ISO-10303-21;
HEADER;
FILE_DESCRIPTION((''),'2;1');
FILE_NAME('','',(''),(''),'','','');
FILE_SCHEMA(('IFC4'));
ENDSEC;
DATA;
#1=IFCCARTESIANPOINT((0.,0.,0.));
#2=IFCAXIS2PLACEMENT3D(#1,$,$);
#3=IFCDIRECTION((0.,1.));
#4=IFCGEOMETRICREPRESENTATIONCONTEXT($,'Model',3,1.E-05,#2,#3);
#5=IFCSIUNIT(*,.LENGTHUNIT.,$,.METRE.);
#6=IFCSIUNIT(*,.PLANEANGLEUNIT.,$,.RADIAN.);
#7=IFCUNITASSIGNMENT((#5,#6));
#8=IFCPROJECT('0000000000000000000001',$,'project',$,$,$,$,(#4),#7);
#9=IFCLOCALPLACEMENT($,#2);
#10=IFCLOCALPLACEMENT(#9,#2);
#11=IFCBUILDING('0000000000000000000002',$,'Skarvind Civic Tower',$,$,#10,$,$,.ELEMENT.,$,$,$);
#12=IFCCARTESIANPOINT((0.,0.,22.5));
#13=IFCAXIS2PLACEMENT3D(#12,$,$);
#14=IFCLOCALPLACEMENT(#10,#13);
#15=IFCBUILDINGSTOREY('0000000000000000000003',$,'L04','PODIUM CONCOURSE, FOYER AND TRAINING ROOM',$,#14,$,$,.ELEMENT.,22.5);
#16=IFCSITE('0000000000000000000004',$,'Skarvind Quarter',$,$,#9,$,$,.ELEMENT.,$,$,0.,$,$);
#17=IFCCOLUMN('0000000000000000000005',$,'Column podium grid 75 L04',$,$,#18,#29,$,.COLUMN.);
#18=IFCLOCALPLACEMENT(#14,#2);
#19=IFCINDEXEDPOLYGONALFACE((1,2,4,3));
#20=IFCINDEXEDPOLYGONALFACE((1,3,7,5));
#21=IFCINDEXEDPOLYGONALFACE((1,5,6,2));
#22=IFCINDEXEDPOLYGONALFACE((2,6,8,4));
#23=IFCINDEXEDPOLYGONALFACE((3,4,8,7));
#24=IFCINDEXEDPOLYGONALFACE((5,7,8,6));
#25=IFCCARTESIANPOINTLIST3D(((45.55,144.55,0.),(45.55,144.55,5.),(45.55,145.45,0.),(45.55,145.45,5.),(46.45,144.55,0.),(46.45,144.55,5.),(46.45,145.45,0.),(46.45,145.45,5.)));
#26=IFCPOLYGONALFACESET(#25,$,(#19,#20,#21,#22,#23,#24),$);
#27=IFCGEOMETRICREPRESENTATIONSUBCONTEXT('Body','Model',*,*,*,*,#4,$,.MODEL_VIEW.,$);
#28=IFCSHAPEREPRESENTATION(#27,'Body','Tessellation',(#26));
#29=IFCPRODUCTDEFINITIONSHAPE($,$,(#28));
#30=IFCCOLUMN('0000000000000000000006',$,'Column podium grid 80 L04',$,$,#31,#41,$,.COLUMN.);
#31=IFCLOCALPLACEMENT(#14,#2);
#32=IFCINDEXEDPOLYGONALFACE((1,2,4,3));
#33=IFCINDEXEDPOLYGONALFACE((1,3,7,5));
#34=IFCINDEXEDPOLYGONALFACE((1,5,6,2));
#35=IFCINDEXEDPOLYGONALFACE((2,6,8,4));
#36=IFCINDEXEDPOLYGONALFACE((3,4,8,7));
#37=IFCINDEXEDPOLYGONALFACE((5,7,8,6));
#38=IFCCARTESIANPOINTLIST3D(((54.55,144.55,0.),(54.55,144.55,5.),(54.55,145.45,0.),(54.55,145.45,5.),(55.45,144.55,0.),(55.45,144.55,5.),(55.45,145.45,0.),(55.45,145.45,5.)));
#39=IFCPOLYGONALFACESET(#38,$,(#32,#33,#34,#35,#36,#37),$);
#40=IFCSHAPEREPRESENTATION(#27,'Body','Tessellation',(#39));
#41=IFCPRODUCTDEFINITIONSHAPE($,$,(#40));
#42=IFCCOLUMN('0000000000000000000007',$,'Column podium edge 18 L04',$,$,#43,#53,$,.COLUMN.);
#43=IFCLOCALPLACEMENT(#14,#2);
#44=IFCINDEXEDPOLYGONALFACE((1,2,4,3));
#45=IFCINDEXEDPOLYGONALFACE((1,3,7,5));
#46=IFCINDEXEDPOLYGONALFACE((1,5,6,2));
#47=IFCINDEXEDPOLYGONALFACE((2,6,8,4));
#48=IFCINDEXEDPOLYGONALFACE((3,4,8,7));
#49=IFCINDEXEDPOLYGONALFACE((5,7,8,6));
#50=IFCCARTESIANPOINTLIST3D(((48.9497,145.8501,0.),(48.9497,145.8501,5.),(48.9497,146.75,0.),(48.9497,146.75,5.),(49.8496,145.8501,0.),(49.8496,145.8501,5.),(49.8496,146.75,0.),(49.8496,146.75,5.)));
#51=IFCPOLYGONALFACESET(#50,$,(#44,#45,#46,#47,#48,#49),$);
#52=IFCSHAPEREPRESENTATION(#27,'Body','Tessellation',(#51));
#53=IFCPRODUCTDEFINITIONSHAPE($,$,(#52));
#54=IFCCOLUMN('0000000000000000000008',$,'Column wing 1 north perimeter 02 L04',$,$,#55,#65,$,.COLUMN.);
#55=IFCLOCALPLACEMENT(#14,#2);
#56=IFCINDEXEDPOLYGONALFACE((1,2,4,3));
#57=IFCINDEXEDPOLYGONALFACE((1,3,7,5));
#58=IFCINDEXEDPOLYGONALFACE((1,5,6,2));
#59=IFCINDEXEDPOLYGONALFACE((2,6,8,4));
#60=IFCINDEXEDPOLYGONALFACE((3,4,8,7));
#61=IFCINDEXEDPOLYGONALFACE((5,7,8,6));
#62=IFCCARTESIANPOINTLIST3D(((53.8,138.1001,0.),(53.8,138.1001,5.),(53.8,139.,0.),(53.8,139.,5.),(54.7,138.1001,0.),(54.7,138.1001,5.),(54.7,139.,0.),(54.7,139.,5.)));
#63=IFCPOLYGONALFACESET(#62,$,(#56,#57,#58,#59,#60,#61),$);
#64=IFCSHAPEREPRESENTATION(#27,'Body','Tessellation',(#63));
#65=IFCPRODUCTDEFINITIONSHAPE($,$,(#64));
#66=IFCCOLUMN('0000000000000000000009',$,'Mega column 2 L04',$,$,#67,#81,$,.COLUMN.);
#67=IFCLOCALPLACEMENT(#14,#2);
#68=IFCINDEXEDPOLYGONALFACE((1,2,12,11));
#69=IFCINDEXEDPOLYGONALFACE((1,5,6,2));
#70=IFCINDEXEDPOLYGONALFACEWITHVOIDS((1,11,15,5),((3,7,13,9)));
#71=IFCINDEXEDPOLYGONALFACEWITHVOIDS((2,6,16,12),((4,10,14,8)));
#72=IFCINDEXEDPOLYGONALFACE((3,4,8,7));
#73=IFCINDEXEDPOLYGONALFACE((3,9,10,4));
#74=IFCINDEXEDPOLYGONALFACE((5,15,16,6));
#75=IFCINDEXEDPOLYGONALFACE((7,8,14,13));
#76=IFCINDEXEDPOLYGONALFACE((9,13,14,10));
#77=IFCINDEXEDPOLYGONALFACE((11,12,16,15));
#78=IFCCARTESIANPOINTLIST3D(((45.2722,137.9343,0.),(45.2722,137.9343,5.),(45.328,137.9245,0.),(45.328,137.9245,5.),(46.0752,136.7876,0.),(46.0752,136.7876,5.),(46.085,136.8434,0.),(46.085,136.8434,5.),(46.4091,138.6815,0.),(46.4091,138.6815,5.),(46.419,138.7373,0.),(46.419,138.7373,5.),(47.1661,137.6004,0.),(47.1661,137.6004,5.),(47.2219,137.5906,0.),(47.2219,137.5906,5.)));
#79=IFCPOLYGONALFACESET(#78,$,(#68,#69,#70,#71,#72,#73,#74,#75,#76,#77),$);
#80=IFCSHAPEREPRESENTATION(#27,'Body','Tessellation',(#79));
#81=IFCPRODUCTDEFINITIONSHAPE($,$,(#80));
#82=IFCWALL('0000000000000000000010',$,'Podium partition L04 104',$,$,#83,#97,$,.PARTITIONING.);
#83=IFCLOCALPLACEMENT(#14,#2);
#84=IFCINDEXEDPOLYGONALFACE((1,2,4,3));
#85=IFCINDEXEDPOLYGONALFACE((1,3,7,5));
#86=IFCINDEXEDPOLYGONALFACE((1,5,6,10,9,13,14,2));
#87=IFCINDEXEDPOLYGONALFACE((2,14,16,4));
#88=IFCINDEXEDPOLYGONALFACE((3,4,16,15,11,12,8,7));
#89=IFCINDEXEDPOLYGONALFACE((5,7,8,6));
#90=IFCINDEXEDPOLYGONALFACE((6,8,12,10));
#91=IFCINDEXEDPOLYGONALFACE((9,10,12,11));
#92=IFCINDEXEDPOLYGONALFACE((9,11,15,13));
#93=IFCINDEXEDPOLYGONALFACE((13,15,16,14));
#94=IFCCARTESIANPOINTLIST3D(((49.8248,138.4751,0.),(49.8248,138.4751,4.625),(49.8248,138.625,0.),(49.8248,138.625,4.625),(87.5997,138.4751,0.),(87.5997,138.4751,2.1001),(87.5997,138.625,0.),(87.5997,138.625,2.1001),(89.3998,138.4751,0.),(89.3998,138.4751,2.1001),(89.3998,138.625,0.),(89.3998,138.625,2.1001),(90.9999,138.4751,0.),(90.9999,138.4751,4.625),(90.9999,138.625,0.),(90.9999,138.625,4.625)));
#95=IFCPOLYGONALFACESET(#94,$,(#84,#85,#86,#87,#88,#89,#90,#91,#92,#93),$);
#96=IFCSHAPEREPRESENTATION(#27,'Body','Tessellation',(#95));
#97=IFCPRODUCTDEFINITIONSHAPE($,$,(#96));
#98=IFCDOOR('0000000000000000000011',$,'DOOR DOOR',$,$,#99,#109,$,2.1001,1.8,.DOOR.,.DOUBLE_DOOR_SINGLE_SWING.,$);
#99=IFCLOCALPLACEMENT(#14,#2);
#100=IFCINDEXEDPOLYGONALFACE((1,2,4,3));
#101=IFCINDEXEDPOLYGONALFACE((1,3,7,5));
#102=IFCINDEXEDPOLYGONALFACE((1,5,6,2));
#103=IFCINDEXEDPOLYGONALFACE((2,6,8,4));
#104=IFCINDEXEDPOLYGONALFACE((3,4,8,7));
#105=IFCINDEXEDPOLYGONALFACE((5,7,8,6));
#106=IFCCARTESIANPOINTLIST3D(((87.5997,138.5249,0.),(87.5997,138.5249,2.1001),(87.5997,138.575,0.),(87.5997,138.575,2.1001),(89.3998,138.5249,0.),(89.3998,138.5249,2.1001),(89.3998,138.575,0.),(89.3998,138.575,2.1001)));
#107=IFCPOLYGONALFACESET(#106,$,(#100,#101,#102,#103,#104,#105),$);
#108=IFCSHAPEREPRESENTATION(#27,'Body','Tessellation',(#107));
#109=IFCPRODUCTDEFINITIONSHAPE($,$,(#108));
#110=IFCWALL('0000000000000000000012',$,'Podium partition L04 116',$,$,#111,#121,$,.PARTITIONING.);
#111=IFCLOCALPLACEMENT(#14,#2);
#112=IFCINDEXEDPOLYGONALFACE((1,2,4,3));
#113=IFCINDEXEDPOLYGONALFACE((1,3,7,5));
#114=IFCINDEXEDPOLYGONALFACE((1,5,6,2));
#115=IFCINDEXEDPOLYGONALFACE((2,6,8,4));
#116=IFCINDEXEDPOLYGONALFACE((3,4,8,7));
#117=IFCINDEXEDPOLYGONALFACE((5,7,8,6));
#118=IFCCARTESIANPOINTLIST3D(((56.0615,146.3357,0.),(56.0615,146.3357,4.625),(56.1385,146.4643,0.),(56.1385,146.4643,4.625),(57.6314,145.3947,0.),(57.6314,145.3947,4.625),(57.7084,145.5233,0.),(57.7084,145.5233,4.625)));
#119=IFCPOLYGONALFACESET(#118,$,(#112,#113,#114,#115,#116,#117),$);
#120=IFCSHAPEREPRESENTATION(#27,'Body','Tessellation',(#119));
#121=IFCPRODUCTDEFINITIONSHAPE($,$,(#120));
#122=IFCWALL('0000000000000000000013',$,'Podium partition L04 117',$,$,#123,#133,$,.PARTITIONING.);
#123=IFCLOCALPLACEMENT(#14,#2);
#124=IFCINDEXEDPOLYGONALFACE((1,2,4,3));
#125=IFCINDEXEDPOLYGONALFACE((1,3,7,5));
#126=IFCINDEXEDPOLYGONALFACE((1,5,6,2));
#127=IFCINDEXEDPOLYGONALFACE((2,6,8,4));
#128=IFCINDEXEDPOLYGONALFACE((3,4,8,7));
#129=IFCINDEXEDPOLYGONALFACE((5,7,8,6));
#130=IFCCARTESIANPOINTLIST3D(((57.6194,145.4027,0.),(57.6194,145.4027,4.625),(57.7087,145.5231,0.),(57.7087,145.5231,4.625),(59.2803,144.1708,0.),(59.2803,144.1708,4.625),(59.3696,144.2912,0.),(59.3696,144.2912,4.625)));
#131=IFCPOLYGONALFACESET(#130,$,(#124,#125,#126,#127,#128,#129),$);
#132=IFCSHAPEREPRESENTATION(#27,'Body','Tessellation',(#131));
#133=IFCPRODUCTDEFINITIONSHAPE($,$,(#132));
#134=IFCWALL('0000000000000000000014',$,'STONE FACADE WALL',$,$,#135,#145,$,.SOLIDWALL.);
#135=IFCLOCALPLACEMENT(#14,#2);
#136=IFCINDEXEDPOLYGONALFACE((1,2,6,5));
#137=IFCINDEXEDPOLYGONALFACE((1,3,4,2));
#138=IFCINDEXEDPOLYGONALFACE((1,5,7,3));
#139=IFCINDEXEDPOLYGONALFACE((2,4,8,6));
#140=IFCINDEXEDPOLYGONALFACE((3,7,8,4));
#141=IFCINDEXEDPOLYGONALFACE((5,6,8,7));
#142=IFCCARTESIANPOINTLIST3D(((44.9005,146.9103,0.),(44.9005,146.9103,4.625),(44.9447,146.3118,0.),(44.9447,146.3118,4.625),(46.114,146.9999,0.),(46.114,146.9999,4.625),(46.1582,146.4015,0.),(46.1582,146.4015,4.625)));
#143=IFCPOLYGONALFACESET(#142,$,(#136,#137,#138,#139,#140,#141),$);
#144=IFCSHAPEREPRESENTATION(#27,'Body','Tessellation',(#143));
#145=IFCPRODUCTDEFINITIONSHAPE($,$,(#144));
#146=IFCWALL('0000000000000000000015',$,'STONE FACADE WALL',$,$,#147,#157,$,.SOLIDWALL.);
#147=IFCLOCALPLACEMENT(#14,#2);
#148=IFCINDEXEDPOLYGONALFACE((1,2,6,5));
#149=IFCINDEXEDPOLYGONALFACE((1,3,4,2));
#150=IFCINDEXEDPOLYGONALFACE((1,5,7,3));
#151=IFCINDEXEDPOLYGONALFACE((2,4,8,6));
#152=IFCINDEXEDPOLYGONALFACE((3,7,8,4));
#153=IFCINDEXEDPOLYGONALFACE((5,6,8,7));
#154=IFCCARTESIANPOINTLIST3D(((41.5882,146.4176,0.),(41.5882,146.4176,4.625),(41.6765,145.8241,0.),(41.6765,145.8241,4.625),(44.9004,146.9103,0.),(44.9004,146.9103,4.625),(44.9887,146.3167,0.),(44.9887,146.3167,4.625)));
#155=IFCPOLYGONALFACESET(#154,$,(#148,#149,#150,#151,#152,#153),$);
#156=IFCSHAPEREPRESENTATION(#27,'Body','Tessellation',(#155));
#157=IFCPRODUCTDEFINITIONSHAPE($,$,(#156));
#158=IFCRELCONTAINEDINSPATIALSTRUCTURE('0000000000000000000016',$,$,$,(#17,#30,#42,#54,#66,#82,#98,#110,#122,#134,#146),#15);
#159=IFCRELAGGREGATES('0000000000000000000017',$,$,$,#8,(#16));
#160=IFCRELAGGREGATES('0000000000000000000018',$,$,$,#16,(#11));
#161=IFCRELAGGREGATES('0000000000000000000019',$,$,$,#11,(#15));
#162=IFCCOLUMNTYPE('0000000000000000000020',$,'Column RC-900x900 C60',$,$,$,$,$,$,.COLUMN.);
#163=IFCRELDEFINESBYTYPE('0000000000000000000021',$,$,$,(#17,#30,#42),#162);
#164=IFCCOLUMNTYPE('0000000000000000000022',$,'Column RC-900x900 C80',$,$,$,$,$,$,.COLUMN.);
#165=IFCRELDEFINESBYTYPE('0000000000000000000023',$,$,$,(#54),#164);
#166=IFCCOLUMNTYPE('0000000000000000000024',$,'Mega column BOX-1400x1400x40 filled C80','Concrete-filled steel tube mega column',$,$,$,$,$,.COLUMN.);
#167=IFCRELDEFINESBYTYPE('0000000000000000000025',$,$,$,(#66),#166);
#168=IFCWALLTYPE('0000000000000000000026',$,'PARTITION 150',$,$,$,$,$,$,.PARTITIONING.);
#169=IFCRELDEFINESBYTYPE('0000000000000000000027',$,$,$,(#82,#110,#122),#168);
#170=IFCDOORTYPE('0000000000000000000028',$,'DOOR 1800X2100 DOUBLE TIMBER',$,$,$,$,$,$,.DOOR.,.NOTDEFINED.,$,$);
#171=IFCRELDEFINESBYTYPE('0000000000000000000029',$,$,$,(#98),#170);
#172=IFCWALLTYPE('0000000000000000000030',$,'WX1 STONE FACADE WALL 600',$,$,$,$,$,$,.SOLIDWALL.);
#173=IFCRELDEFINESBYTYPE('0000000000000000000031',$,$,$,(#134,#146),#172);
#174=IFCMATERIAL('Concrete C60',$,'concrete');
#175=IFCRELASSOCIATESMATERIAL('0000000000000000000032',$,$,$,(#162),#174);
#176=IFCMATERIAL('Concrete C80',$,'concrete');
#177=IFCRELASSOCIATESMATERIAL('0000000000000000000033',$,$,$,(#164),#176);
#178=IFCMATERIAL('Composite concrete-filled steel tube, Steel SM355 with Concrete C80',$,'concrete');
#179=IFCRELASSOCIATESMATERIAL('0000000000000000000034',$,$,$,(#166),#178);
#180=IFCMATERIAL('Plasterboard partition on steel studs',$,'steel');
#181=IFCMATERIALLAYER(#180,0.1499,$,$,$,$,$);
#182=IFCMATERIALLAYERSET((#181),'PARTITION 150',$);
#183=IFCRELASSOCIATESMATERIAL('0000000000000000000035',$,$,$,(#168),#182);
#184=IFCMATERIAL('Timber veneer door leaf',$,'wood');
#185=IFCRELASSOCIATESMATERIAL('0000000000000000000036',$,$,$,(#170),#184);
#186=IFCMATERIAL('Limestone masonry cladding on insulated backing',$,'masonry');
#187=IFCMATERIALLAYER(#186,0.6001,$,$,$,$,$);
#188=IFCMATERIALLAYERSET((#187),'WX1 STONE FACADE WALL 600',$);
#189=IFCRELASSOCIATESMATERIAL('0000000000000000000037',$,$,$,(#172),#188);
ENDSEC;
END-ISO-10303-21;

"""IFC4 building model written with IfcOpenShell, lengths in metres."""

from ifc_helpers import new_model, si_unit, direction, frame, frame_2d, origin, origin_2d, place, context, subcontext, project, spatial, rectangle, hollow_rectangle, extrude, material, layer, layer_set, material_profile, profile_set, type_object, element, fill, save


model = new_model("IFC4")

# Units and contexts
model_context = context("Model", 3, precision=1e-05, world=origin(), true_north=direction((0.0, 1.0)))
body_context = subcontext(model_context, "Body", "Model", "MODEL_VIEW")
ifc_project = project(units=[si_unit("LENGTHUNIT", "METRE"), si_unit("PLANEANGLEUNIT", "RADIAN")], contexts=[model_context])

# Site, building, storey
site_placement = place(None, origin())
site = spatial("IfcSite", under=ifc_project, at=site_placement, Name="Skarvind Quarter", CompositionType="ELEMENT", RefElevation=0.0)
building_placement = place(site_placement, origin())
building = spatial("IfcBuilding", under=site, at=building_placement, Name="Skarvind Civic Tower", CompositionType="ELEMENT")
storey_placement = place(building_placement, frame((0.0, 0.0, 22.5)))
storey = spatial("IfcBuildingStorey", under=building, at=storey_placement, Name="L04", Description="PODIUM CONCOURSE, FOYER AND TRAINING ROOM", CompositionType="ELEMENT", Elevation=22.5)

# Columns
ifc_material_1 = material(Name="Concrete C60", Category="concrete")
ifc_material_profile_1 = material_profile(ifc_material_1, rectangle(XDim=0.8999, YDim=0.8999, at=origin_2d()), Name="RC-900x900")
ifc_profile_set_1 = profile_set([ifc_material_profile_1], Name="Concrete C60")
column_type_1 = type_object("IfcColumnType", Name="Column RC-900x900 C60", PredefinedType="COLUMN", material=ifc_profile_set_1)
for number, where, z_axis, x_axis, name in (
    (1, (46.0, 145.0, 0.0), (0.0, 0.0, 1.0), (1.0, 0.0, 0.0), "Column podium grid 75 L04"),
    (2, (55.0, 145.0, 0.0), (0.0, 0.0, 1.0), (1.0, 0.0, 0.0), "Column podium grid 80 L04"),
    (3, (49.3997, 146.3, 0.0), (0.0, 0.0, 1.0), (1.0, 0.0, 0.0), "Column podium edge 18 L04"),
):
    element("IfcColumn", number, at=place(storey_placement, frame(where, z_axis=z_axis, x_axis=x_axis)), inside=storey, type_object=column_type_1, Name=name, PredefinedType="COLUMN", context=body_context, shape_type="SweptSolid", body=[
        extrude(rectangle(XDim=0.8999, YDim=0.8999, at=origin_2d()), origin(), (0.0, 0.0, 1.0), 5.0),
    ])
ifc_material_2 = material(Name="Concrete C80", Category="concrete")
ifc_material_profile_2 = material_profile(ifc_material_2, rectangle(XDim=0.8999, YDim=0.8999, at=origin_2d()), Name="RC-900x900")
ifc_profile_set_2 = profile_set([ifc_material_profile_2], Name="Concrete C80")
column_type_2 = type_object("IfcColumnType", Name="Column RC-900x900 C80", PredefinedType="COLUMN", material=ifc_profile_set_2)
column_1_placement = place(storey_placement, frame((54.25, 138.55, 0.0), z_axis=(0.0, 0.0, 1.0), x_axis=(1.0, 0.0, 0.0)))
element("IfcColumn", 4, at=column_1_placement, inside=storey, type_object=column_type_2, Name="Column wing 1 north perimeter 02 L04", PredefinedType="COLUMN", context=body_context, shape_type="SweptSolid", body=[
    extrude(rectangle(XDim=0.8999, YDim=0.8999, at=origin_2d()), origin(), (0.0, 0.0, 1.0), 5.0),
])
ifc_material_3 = material(Name="Composite concrete-filled steel tube, Steel SM355 with Concrete C80", Category="concrete")
ifc_material_profile_3 = material_profile(ifc_material_3, hollow_rectangle(XDim=1.3999, YDim=1.3999, WallThickness=0.04, at=origin_2d()), Name="BOX-1400x1400x40")
ifc_profile_set_3 = profile_set([ifc_material_profile_3], Name="Composite concrete-filled steel tube, Steel SM355 with Concrete C80")
column_type_3 = type_object("IfcColumnType", Name="Mega column BOX-1400x1400x40 filled C80", Description="Concrete-filled steel tube mega column", PredefinedType="COLUMN", material=ifc_profile_set_3)
column_2_placement = place(storey_placement, frame((46.2471, 137.7625, 0.0), z_axis=(0.0, 0.0, 1.0), x_axis=(0.573576, -0.819152, 0.0)))
element("IfcColumn", 5, at=column_2_placement, inside=storey, type_object=column_type_3, Name="Mega column 2 L04", PredefinedType="COLUMN", context=body_context, shape_type="SweptSolid", body=[
    extrude(hollow_rectangle(XDim=1.3999, YDim=1.3999, WallThickness=0.04, at=origin_2d()), origin(), (0.0, 0.0, 1.0), 5.0),
])

# Wall, opening, door
ifc_material_4 = material(Name="Plasterboard partition on steel studs", Category="steel")
ifc_layer_1 = layer(ifc_material_4, 0.1499)
ifc_layer_set_1 = layer_set([ifc_layer_1], Name="PARTITION 150")
wall_type_1 = type_object("IfcWallType", Name="PARTITION 150", PredefinedType="PARTITIONING", material=ifc_layer_set_1)
wall_1_placement = place(storey_placement, frame((49.825, 138.55, 0.0), z_axis=(0.0, 0.0, 1.0), x_axis=(1.0, 0.0, 0.0)))
wall_1 = element("IfcWall", 6, at=wall_1_placement, inside=storey, type_object=wall_type_1, Name="Podium partition L04 104", PredefinedType="PARTITIONING", context=body_context, shape_type="SweptSolid", body=[
    extrude(rectangle(XDim=41.175, YDim=0.1499, at=frame_2d((20.5874, 0.0))), origin(), (0.0, 0.0, 1.0), 4.625),
])
opening_1_placement = place(wall_1_placement, frame((37.7749, 0.0, 0.0)))
opening_1 = element("IfcOpeningElement", 7, at=opening_1_placement, cuts=wall_1, PredefinedType="OPENING", context=body_context, shape_type="SweptSolid", body=[
    extrude(rectangle(XDim=1.8, YDim=2.1001, at=frame_2d((0.8999, 1.05))), frame((0.0, 0.085, 0.0), z_axis=(0.0, -1.0, 0.0), x_axis=(1.0, 0.0, 0.0)), (0.0, 0.0, 1.0), 0.1699),
])
ifc_material_5 = material(Name="Timber veneer door leaf", Category="wood")
door_type = type_object("IfcDoorType", Name="DOOR 1800X2100 DOUBLE TIMBER", OperationType="NOTDEFINED", PredefinedType="DOOR", material=ifc_material_5)
door_placement = place(opening_1_placement, origin())
door = element("IfcDoor", 8, at=door_placement, inside=storey, type_object=door_type, Name="DOOR DOOR", OperationType="DOUBLE_DOOR_SINGLE_SWING", OverallHeight=2.1001, OverallWidth=1.8, PredefinedType="DOOR", context=body_context, shape_type="SweptSolid", body=[
    extrude(rectangle(XDim=1.8, YDim=2.1001, at=frame_2d((0.8999, 1.05))), frame((0.0, 0.0249, 0.0), z_axis=(0.0, -1.0, 0.0), x_axis=(1.0, 0.0, 0.0)), (0.0, 0.0, 1.0), 0.05),
])
fill(opening_1, door)

# Walls
wall_2_placement = place(storey_placement, frame((56.1001, 146.3999, 0.0), z_axis=(0.0, 0.0, 1.0), x_axis=(0.857728, -0.514103, 0.0)))
element("IfcWall", 9, at=wall_2_placement, inside=storey, type_object=wall_type_1, Name="Podium partition L04 116", PredefinedType="PARTITIONING", context=body_context, shape_type="SweptSolid", body=[
    extrude(rectangle(XDim=1.8303, YDim=0.1499, at=frame_2d((0.915, 0.0))), origin(), (0.0, 0.0, 1.0), 4.625),
])
wall_3_placement = place(storey_placement, frame((57.6641, 145.4629, 0.0), z_axis=(0.0, 0.0, 1.0), x_axis=(0.803176, -0.595741, 0.0)))
element("IfcWall", 10, at=wall_3_placement, inside=storey, type_object=wall_type_1, Name="Podium partition L04 117", PredefinedType="PARTITIONING", context=body_context, shape_type="SweptSolid", body=[
    extrude(rectangle(XDim=2.0679, YDim=0.1499, at=frame_2d((1.0339, 0.0))), origin(), (0.0, 0.0, 1.0), 4.625),
])

# Shared definitions
ifc_material_6 = material(Name="Limestone masonry cladding on insulated backing", Category="masonry")
ifc_layer_2 = layer(ifc_material_6, 0.6001)
ifc_layer_set_2 = layer_set([ifc_layer_2], Name="WX1 STONE FACADE WALL 600")
wall_type_2 = type_object("IfcWallType", Name="WX1 STONE FACADE WALL 600", PredefinedType="SOLIDWALL", material=ifc_layer_set_2)

# Walls
wall_4_placement = place(storey_placement, frame((44.9226, 146.6111, 0.0), z_axis=(0.0, 0.0, 1.0), x_axis=(0.997285, 0.073643, 0.0)))
element("IfcWall", 11, at=wall_4_placement, inside=storey, type_object=wall_type_2, Name="STONE FACADE WALL", PredefinedType="SOLIDWALL", context=body_context, shape_type="SweptSolid", body=[
    extrude(rectangle(XDim=1.2168, YDim=0.6001, at=frame_2d((0.6084, 0.0))), origin(), (0.0, 0.0, 1.0), 4.625),
])
wall_5_placement = place(storey_placement, frame((41.6323, 146.1208, 0.0), z_axis=(0.0, 0.0, 1.0), x_axis=(0.989118, 0.147125, 0.0)))
element("IfcWall", 12, at=wall_5_placement, inside=storey, type_object=wall_type_2, Name="STONE FACADE WALL", PredefinedType="SOLIDWALL", context=body_context, shape_type="SweptSolid", body=[
    extrude(rectangle(XDim=3.3486, YDim=0.6001, at=frame_2d((1.6743, 0.0))), origin(), (0.0, 0.0, 1.0), 4.625),
])

save(model, "model.ifc")
